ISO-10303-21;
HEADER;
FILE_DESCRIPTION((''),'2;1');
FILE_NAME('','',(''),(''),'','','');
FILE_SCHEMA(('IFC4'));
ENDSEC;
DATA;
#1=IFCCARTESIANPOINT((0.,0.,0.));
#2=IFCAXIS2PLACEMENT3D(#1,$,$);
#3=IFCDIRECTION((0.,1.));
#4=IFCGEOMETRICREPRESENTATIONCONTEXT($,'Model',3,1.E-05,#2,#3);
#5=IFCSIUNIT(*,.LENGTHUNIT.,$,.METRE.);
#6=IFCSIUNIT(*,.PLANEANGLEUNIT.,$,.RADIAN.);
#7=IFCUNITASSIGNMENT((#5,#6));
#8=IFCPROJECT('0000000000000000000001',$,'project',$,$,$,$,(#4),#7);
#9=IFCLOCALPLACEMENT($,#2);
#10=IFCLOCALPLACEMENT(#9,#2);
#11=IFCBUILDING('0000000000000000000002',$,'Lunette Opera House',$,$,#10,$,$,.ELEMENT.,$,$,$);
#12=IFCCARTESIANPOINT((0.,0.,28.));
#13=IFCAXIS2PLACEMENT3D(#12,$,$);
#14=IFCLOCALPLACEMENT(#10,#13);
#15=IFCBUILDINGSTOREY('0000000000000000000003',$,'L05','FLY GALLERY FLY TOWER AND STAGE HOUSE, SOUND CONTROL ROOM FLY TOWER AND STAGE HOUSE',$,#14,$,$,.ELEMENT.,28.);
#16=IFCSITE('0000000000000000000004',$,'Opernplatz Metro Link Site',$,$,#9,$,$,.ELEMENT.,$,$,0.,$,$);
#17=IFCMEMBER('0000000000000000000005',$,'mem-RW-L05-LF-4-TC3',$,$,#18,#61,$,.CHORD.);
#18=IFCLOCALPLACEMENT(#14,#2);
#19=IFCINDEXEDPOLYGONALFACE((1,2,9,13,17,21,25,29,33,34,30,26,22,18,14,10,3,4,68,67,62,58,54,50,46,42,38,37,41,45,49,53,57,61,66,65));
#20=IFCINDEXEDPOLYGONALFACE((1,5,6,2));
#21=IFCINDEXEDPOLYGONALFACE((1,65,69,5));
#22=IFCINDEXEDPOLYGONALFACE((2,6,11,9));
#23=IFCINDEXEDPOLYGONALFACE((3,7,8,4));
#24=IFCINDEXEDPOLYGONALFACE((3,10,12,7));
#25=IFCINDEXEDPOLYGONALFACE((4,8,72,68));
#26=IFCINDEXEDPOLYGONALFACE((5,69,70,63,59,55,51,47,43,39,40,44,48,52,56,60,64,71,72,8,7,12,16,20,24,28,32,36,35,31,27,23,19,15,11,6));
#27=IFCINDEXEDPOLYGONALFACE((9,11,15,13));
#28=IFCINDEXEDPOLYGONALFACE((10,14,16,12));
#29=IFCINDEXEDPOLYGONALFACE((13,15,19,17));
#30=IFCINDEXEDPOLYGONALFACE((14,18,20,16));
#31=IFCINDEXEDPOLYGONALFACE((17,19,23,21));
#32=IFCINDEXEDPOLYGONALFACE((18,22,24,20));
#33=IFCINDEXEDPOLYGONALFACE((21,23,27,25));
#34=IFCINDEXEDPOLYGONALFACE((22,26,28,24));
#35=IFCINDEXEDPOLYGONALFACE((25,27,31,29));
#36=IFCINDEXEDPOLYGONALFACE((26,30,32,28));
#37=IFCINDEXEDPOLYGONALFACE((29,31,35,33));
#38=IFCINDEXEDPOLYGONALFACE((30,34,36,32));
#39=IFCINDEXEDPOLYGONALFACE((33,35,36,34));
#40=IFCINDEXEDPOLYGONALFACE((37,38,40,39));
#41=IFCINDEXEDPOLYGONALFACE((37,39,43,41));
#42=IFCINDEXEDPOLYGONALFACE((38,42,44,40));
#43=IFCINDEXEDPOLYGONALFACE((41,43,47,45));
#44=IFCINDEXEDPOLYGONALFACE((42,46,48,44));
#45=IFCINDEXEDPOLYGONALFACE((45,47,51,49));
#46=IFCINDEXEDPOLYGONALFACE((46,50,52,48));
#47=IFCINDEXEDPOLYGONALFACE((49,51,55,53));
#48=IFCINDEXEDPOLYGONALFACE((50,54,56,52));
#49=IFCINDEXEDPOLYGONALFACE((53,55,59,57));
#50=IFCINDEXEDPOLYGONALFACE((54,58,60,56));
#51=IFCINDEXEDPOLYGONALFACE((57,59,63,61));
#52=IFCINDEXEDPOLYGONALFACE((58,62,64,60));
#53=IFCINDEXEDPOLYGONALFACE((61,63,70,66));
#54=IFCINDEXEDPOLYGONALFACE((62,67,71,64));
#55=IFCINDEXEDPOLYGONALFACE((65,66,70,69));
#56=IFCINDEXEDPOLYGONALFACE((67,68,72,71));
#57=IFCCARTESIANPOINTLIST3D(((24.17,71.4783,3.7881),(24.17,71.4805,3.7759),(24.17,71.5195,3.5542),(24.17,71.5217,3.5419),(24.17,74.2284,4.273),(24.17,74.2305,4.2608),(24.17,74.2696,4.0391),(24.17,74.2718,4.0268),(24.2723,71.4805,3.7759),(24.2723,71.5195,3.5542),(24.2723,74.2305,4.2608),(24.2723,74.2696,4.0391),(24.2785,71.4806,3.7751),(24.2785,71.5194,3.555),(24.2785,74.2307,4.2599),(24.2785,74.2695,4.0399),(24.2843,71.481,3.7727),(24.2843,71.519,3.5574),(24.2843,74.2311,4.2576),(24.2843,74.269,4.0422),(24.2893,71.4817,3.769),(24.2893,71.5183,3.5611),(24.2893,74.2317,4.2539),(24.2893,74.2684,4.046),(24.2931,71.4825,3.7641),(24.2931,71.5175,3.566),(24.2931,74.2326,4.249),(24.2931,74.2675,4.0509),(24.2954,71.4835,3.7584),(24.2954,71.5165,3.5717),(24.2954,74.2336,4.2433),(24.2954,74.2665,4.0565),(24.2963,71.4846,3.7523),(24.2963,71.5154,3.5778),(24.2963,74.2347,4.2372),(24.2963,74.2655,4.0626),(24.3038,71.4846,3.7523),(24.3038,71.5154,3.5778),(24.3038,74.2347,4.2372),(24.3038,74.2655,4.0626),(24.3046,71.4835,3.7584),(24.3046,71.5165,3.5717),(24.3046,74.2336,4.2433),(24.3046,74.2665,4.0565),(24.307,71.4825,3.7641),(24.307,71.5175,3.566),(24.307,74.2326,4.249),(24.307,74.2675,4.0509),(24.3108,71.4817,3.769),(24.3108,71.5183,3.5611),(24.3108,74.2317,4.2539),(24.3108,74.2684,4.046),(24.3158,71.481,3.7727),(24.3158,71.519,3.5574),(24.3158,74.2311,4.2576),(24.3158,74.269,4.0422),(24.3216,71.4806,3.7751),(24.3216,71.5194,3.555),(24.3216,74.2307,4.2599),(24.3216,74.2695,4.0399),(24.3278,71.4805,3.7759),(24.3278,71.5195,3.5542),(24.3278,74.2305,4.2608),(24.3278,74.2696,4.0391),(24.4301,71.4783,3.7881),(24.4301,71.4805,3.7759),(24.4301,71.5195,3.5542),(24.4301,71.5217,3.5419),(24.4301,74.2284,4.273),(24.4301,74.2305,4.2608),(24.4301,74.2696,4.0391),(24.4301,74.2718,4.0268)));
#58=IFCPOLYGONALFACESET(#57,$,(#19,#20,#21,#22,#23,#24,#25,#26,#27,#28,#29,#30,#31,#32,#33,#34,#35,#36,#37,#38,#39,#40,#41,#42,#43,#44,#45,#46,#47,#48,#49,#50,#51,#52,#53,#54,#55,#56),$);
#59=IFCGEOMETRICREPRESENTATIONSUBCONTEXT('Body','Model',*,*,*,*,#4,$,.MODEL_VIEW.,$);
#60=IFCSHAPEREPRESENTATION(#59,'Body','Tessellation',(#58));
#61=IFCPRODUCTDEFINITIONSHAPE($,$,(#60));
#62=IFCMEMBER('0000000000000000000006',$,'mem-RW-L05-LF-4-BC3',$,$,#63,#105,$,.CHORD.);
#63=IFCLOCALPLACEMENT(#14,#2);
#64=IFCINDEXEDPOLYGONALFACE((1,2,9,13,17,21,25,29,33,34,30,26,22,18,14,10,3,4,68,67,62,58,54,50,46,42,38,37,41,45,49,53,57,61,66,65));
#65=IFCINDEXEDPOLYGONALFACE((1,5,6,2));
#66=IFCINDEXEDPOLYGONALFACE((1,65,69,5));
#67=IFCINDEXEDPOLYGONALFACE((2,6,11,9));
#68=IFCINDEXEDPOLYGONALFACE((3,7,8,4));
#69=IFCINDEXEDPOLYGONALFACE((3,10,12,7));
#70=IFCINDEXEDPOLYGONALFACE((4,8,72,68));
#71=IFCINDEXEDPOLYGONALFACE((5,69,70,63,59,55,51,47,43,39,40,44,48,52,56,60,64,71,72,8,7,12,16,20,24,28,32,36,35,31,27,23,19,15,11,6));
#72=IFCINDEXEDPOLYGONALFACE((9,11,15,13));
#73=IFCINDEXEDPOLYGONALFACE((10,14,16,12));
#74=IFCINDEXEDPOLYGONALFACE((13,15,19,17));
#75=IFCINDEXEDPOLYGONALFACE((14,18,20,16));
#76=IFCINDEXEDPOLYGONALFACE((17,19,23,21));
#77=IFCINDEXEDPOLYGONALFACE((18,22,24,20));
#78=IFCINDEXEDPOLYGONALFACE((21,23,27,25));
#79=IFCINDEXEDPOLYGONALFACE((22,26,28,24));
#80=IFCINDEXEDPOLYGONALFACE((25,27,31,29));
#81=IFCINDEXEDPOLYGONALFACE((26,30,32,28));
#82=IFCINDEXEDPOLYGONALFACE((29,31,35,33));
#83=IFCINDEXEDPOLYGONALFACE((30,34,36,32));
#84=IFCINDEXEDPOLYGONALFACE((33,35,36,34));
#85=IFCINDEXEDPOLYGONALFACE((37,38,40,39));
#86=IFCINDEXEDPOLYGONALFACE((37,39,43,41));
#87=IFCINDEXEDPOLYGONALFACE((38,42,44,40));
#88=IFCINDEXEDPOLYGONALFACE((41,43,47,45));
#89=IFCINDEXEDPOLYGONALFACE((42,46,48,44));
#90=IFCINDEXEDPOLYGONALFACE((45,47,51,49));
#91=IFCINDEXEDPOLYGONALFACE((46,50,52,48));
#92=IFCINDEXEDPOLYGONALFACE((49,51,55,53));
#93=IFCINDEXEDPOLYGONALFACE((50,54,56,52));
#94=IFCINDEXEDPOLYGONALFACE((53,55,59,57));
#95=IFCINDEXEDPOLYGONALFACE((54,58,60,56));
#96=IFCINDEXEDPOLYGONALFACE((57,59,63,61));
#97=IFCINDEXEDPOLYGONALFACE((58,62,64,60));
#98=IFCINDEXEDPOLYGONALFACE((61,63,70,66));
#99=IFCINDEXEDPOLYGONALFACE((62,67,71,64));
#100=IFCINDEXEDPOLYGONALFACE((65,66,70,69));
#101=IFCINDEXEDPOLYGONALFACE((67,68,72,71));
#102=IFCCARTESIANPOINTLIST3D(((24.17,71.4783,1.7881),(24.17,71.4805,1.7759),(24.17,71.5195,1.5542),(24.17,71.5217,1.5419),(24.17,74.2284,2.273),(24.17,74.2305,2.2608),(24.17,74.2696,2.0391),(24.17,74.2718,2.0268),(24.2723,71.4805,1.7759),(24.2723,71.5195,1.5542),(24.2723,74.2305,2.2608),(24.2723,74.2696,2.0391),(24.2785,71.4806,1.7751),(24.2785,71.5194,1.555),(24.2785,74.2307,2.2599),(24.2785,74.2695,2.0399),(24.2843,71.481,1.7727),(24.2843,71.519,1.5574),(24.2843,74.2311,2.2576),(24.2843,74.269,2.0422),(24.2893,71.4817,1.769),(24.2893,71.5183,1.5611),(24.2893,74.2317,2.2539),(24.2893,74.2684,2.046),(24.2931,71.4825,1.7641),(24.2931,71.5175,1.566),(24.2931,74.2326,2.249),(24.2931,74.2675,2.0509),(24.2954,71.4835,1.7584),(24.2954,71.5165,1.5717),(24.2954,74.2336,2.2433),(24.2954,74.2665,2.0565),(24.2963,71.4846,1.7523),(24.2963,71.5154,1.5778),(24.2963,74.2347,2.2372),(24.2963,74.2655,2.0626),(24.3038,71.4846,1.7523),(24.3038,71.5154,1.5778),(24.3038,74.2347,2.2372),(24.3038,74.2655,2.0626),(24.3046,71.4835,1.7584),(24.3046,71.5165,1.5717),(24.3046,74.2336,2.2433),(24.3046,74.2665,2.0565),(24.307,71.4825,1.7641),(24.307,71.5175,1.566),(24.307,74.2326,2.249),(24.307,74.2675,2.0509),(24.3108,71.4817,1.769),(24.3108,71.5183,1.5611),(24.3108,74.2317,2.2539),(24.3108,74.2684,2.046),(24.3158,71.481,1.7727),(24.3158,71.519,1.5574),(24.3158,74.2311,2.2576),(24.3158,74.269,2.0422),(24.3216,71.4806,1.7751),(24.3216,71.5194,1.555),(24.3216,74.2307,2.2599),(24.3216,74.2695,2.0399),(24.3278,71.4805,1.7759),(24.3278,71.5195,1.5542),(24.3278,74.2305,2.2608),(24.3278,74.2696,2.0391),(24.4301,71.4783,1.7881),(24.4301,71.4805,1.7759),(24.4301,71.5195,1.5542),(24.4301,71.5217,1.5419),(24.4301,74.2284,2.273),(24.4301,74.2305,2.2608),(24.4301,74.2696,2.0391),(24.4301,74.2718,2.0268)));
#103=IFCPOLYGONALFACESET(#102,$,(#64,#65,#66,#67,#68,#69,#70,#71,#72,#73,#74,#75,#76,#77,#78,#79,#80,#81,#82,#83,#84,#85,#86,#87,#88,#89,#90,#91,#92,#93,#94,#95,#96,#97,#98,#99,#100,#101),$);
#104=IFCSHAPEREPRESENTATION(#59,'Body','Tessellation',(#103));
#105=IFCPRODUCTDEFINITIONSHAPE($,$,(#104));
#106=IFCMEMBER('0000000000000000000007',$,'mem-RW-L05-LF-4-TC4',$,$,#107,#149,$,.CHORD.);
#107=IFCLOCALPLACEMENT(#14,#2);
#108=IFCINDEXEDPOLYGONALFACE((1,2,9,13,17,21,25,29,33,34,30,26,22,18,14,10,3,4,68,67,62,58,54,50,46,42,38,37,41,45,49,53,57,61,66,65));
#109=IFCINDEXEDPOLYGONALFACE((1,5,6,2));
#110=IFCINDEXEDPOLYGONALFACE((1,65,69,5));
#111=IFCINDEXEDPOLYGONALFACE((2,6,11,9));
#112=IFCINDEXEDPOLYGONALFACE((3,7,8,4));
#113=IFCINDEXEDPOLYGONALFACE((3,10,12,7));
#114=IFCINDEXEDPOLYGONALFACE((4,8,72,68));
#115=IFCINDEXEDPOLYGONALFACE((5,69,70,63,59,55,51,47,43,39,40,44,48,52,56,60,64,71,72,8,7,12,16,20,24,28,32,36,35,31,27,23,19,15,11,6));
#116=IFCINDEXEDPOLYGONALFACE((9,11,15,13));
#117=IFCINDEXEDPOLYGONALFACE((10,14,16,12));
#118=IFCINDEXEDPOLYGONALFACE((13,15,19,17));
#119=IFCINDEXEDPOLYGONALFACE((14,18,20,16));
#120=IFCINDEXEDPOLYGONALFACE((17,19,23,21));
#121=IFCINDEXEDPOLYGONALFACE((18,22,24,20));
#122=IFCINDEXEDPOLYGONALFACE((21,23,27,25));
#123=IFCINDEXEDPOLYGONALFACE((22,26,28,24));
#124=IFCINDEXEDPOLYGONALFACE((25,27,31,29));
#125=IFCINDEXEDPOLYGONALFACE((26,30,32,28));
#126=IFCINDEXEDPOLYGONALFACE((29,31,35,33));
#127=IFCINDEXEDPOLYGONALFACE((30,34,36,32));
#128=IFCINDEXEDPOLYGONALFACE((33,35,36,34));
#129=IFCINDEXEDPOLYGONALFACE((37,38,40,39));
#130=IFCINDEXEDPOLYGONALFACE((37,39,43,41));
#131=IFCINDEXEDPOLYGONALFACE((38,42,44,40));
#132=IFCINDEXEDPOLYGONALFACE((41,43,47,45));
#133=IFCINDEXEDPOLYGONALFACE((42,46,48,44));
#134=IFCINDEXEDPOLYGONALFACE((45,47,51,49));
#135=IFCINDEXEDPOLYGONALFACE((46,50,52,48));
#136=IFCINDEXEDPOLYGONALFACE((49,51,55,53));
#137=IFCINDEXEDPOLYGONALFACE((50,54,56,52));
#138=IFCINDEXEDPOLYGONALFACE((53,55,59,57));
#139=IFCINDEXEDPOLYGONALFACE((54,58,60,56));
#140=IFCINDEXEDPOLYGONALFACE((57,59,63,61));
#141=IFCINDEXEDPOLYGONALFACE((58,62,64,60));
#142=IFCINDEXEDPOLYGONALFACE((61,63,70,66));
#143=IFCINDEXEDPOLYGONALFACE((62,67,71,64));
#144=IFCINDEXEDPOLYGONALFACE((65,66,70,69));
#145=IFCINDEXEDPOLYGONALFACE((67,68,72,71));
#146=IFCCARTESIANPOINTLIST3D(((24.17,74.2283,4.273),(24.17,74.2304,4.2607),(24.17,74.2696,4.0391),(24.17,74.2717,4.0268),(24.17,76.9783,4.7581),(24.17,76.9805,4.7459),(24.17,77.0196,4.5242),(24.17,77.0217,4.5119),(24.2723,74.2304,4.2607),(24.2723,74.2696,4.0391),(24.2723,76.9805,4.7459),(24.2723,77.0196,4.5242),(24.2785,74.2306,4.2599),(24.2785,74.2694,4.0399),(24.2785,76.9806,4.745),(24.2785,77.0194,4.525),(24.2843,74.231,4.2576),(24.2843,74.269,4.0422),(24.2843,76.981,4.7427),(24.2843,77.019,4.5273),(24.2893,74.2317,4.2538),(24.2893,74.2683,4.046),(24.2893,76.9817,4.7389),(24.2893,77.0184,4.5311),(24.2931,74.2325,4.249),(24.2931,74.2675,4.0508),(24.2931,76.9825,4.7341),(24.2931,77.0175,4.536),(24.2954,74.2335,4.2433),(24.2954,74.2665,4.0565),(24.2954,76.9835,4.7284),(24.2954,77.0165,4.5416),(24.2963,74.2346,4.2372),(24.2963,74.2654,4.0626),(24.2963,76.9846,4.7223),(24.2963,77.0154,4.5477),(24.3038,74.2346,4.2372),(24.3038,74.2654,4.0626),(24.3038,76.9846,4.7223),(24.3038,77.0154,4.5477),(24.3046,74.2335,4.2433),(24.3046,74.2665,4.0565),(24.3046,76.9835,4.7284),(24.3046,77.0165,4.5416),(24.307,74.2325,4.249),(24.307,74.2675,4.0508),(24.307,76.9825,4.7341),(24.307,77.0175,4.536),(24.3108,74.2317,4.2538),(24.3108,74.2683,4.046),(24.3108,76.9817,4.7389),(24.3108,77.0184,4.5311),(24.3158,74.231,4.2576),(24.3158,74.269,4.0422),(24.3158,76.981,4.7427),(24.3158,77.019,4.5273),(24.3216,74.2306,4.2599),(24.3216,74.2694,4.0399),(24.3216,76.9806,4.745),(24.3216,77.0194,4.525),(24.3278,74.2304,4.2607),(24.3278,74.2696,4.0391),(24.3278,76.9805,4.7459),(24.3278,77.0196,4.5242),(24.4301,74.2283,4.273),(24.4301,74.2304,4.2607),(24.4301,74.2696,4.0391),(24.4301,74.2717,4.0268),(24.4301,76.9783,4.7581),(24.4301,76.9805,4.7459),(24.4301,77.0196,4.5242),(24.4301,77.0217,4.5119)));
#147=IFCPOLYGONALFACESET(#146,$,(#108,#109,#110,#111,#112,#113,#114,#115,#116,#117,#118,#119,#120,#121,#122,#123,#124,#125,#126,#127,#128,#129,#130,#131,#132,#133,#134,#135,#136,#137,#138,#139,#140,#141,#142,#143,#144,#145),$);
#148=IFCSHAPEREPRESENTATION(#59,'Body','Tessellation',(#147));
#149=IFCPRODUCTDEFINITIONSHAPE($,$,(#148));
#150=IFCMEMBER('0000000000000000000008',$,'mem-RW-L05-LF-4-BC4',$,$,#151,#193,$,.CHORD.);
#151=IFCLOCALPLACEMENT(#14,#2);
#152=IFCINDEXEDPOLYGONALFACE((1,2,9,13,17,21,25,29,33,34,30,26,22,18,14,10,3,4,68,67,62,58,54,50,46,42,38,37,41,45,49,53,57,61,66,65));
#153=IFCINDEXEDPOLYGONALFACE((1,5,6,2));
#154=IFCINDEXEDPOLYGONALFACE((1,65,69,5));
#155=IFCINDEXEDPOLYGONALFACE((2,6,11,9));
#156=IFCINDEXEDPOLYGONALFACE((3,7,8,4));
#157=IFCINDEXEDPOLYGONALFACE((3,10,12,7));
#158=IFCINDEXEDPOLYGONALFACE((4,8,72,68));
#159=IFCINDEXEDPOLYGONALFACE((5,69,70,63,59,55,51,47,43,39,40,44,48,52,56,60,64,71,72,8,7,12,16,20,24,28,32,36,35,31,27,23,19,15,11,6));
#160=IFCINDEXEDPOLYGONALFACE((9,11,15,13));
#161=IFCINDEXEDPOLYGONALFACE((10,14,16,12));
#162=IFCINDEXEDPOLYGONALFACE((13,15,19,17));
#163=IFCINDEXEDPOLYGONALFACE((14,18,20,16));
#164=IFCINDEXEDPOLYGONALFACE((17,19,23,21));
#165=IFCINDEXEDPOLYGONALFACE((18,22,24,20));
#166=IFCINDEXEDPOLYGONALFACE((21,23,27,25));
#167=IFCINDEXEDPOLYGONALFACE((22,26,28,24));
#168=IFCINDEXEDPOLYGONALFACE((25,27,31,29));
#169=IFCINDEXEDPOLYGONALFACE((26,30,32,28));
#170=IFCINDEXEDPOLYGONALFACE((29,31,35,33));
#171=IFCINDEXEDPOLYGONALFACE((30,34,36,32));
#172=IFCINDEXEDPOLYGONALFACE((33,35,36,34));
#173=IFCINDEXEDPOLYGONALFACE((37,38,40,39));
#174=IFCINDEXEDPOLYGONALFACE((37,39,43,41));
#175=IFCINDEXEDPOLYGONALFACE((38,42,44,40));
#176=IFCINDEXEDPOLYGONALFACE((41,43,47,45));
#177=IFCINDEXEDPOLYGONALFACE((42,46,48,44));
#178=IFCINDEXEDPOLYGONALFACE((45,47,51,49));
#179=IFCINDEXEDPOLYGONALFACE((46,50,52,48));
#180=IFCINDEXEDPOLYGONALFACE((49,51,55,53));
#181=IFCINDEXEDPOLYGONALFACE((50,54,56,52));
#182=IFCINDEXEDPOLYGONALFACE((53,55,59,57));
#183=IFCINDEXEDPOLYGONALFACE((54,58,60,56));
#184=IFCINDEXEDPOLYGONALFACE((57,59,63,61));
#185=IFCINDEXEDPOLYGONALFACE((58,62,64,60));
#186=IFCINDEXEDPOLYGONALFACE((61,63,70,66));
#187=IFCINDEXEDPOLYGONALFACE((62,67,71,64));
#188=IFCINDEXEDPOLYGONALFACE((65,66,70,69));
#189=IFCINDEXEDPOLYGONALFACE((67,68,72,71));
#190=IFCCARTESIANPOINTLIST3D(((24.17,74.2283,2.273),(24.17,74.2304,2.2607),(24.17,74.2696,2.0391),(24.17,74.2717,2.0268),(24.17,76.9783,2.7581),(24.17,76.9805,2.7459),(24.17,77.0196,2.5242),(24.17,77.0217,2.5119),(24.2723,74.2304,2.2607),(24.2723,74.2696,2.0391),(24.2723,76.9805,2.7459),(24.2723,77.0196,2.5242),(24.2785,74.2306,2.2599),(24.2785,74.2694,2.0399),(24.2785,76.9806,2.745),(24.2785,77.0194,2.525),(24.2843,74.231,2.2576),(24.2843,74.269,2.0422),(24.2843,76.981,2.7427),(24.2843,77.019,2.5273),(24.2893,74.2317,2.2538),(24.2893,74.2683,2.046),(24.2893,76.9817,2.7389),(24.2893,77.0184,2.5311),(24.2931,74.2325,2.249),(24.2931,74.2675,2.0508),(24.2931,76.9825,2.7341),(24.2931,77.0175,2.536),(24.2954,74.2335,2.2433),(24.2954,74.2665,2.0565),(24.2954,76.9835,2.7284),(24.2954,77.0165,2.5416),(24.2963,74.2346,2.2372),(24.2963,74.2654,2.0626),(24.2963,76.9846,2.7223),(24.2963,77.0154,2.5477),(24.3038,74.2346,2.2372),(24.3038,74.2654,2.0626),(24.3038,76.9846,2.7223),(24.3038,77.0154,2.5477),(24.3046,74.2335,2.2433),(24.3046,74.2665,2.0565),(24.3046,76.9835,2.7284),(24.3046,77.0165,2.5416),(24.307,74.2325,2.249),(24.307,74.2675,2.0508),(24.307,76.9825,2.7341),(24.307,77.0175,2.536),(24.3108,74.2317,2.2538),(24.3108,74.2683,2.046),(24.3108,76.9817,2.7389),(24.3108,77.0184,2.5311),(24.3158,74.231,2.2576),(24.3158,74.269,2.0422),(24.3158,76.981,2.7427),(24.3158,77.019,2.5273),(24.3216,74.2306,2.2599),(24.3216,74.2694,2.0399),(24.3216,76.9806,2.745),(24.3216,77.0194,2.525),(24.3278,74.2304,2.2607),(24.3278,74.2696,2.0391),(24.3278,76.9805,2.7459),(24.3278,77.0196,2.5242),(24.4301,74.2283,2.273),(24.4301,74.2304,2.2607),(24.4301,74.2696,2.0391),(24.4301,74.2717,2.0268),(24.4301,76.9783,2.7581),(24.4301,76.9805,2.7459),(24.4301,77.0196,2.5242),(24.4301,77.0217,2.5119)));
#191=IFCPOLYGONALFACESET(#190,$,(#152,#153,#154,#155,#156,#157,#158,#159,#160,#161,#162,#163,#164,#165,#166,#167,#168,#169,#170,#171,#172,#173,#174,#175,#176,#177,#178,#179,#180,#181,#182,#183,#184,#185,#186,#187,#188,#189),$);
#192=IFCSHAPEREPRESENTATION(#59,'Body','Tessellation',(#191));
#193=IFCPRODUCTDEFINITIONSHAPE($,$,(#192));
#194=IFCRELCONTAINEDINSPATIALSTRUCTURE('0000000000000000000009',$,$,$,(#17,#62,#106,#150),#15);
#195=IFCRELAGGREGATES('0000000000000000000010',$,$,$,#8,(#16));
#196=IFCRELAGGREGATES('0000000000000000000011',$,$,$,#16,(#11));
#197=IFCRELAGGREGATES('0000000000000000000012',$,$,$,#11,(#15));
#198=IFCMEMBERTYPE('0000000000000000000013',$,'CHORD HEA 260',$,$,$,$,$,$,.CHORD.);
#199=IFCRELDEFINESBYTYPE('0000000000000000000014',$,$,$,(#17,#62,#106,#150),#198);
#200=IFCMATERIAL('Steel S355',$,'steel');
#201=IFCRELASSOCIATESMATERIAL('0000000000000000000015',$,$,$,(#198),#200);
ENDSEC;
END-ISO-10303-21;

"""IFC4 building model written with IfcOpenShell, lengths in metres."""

from ifc_helpers import new_model, si_unit, direction, frame, origin, origin_2d, place, context, subcontext, project, spatial, i_section, extrude, material, material_profile, profile_set, type_object, element, save


model = new_model("IFC4")

# Units and contexts
model_context = context("Model", 3, precision=1e-05, world=origin(), true_north=direction((0.0, 1.0)))
body_context = subcontext(model_context, "Body", "Model", "MODEL_VIEW")
ifc_project = project(units=[si_unit("LENGTHUNIT", "METRE"), si_unit("PLANEANGLEUNIT", "RADIAN")], contexts=[model_context])

# Site, building, storey
site_placement = place(None, origin())
site = spatial("IfcSite", under=ifc_project, at=site_placement, Name="Opernplatz Metro Link Site", CompositionType="ELEMENT", RefElevation=0.0)
building_placement = place(site_placement, origin())
building = spatial("IfcBuilding", under=site, at=building_placement, Name="Lunette Opera House", CompositionType="ELEMENT")
storey_placement = place(building_placement, frame((0.0, 0.0, 28.0)))
storey = spatial("IfcBuildingStorey", under=building, at=storey_placement, Name="L05", Description="FLY GALLERY FLY TOWER AND STAGE HOUSE, SOUND CONTROL ROOM FLY TOWER AND STAGE HOUSE", CompositionType="ELEMENT", Elevation=28.0)

# Members
ifc_material_1 = material(Name="Steel S355", Category="steel")
ifc_material_profile_1 = material_profile(ifc_material_1, i_section(OverallWidth=0.26, OverallDepth=0.25, WebThickness=0.0076, FlangeThickness=0.0125, FilletRadius=0.0239, at=origin_2d()), Name="HEA 260")
ifc_profile_set_1 = profile_set([ifc_material_profile_1], Name="Steel S355")
member_type_1 = type_object("IfcMemberType", Name="CHORD HEA 260", PredefinedType="CHORD", material=ifc_profile_set_1)
for number, where, z_axis, x_axis, name in (
    (1, (24.3, 71.5, 3.665), (0.0, 0.98481, 0.173636), (-1.0, 0.0, 0.0), "mem-RW-L05-LF-4-TC3"),
    (2, (24.3, 71.5, 1.665), (0.0, 0.98481, 0.173636), (-1.0, 0.0, 0.0), "mem-RW-L05-LF-4-BC3"),
    (3, (24.3, 74.25, 4.1499), (0.0, 0.984795, 0.17372), (-1.0, 0.0, 0.0), "mem-RW-L05-LF-4-TC4"),
    (4, (24.3, 74.25, 2.1499), (0.0, 0.984795, 0.17372), (-1.0, 0.0, 0.0), "mem-RW-L05-LF-4-BC4"),
):
    element("IfcMember", number, at=place(storey_placement, frame(where, z_axis=z_axis, x_axis=x_axis)), inside=storey, type_object=member_type_1, Name=name, PredefinedType="CHORD", context=body_context, shape_type="SweptSolid", body=[
        extrude(i_section(OverallWidth=0.26, OverallDepth=0.25, WebThickness=0.0076, FlangeThickness=0.0125, FilletRadius=0.0239, at=origin_2d()), origin(), (0.0, 0.0, 1.0), 2.7925),
    ])

save(model, "model.ifc")
